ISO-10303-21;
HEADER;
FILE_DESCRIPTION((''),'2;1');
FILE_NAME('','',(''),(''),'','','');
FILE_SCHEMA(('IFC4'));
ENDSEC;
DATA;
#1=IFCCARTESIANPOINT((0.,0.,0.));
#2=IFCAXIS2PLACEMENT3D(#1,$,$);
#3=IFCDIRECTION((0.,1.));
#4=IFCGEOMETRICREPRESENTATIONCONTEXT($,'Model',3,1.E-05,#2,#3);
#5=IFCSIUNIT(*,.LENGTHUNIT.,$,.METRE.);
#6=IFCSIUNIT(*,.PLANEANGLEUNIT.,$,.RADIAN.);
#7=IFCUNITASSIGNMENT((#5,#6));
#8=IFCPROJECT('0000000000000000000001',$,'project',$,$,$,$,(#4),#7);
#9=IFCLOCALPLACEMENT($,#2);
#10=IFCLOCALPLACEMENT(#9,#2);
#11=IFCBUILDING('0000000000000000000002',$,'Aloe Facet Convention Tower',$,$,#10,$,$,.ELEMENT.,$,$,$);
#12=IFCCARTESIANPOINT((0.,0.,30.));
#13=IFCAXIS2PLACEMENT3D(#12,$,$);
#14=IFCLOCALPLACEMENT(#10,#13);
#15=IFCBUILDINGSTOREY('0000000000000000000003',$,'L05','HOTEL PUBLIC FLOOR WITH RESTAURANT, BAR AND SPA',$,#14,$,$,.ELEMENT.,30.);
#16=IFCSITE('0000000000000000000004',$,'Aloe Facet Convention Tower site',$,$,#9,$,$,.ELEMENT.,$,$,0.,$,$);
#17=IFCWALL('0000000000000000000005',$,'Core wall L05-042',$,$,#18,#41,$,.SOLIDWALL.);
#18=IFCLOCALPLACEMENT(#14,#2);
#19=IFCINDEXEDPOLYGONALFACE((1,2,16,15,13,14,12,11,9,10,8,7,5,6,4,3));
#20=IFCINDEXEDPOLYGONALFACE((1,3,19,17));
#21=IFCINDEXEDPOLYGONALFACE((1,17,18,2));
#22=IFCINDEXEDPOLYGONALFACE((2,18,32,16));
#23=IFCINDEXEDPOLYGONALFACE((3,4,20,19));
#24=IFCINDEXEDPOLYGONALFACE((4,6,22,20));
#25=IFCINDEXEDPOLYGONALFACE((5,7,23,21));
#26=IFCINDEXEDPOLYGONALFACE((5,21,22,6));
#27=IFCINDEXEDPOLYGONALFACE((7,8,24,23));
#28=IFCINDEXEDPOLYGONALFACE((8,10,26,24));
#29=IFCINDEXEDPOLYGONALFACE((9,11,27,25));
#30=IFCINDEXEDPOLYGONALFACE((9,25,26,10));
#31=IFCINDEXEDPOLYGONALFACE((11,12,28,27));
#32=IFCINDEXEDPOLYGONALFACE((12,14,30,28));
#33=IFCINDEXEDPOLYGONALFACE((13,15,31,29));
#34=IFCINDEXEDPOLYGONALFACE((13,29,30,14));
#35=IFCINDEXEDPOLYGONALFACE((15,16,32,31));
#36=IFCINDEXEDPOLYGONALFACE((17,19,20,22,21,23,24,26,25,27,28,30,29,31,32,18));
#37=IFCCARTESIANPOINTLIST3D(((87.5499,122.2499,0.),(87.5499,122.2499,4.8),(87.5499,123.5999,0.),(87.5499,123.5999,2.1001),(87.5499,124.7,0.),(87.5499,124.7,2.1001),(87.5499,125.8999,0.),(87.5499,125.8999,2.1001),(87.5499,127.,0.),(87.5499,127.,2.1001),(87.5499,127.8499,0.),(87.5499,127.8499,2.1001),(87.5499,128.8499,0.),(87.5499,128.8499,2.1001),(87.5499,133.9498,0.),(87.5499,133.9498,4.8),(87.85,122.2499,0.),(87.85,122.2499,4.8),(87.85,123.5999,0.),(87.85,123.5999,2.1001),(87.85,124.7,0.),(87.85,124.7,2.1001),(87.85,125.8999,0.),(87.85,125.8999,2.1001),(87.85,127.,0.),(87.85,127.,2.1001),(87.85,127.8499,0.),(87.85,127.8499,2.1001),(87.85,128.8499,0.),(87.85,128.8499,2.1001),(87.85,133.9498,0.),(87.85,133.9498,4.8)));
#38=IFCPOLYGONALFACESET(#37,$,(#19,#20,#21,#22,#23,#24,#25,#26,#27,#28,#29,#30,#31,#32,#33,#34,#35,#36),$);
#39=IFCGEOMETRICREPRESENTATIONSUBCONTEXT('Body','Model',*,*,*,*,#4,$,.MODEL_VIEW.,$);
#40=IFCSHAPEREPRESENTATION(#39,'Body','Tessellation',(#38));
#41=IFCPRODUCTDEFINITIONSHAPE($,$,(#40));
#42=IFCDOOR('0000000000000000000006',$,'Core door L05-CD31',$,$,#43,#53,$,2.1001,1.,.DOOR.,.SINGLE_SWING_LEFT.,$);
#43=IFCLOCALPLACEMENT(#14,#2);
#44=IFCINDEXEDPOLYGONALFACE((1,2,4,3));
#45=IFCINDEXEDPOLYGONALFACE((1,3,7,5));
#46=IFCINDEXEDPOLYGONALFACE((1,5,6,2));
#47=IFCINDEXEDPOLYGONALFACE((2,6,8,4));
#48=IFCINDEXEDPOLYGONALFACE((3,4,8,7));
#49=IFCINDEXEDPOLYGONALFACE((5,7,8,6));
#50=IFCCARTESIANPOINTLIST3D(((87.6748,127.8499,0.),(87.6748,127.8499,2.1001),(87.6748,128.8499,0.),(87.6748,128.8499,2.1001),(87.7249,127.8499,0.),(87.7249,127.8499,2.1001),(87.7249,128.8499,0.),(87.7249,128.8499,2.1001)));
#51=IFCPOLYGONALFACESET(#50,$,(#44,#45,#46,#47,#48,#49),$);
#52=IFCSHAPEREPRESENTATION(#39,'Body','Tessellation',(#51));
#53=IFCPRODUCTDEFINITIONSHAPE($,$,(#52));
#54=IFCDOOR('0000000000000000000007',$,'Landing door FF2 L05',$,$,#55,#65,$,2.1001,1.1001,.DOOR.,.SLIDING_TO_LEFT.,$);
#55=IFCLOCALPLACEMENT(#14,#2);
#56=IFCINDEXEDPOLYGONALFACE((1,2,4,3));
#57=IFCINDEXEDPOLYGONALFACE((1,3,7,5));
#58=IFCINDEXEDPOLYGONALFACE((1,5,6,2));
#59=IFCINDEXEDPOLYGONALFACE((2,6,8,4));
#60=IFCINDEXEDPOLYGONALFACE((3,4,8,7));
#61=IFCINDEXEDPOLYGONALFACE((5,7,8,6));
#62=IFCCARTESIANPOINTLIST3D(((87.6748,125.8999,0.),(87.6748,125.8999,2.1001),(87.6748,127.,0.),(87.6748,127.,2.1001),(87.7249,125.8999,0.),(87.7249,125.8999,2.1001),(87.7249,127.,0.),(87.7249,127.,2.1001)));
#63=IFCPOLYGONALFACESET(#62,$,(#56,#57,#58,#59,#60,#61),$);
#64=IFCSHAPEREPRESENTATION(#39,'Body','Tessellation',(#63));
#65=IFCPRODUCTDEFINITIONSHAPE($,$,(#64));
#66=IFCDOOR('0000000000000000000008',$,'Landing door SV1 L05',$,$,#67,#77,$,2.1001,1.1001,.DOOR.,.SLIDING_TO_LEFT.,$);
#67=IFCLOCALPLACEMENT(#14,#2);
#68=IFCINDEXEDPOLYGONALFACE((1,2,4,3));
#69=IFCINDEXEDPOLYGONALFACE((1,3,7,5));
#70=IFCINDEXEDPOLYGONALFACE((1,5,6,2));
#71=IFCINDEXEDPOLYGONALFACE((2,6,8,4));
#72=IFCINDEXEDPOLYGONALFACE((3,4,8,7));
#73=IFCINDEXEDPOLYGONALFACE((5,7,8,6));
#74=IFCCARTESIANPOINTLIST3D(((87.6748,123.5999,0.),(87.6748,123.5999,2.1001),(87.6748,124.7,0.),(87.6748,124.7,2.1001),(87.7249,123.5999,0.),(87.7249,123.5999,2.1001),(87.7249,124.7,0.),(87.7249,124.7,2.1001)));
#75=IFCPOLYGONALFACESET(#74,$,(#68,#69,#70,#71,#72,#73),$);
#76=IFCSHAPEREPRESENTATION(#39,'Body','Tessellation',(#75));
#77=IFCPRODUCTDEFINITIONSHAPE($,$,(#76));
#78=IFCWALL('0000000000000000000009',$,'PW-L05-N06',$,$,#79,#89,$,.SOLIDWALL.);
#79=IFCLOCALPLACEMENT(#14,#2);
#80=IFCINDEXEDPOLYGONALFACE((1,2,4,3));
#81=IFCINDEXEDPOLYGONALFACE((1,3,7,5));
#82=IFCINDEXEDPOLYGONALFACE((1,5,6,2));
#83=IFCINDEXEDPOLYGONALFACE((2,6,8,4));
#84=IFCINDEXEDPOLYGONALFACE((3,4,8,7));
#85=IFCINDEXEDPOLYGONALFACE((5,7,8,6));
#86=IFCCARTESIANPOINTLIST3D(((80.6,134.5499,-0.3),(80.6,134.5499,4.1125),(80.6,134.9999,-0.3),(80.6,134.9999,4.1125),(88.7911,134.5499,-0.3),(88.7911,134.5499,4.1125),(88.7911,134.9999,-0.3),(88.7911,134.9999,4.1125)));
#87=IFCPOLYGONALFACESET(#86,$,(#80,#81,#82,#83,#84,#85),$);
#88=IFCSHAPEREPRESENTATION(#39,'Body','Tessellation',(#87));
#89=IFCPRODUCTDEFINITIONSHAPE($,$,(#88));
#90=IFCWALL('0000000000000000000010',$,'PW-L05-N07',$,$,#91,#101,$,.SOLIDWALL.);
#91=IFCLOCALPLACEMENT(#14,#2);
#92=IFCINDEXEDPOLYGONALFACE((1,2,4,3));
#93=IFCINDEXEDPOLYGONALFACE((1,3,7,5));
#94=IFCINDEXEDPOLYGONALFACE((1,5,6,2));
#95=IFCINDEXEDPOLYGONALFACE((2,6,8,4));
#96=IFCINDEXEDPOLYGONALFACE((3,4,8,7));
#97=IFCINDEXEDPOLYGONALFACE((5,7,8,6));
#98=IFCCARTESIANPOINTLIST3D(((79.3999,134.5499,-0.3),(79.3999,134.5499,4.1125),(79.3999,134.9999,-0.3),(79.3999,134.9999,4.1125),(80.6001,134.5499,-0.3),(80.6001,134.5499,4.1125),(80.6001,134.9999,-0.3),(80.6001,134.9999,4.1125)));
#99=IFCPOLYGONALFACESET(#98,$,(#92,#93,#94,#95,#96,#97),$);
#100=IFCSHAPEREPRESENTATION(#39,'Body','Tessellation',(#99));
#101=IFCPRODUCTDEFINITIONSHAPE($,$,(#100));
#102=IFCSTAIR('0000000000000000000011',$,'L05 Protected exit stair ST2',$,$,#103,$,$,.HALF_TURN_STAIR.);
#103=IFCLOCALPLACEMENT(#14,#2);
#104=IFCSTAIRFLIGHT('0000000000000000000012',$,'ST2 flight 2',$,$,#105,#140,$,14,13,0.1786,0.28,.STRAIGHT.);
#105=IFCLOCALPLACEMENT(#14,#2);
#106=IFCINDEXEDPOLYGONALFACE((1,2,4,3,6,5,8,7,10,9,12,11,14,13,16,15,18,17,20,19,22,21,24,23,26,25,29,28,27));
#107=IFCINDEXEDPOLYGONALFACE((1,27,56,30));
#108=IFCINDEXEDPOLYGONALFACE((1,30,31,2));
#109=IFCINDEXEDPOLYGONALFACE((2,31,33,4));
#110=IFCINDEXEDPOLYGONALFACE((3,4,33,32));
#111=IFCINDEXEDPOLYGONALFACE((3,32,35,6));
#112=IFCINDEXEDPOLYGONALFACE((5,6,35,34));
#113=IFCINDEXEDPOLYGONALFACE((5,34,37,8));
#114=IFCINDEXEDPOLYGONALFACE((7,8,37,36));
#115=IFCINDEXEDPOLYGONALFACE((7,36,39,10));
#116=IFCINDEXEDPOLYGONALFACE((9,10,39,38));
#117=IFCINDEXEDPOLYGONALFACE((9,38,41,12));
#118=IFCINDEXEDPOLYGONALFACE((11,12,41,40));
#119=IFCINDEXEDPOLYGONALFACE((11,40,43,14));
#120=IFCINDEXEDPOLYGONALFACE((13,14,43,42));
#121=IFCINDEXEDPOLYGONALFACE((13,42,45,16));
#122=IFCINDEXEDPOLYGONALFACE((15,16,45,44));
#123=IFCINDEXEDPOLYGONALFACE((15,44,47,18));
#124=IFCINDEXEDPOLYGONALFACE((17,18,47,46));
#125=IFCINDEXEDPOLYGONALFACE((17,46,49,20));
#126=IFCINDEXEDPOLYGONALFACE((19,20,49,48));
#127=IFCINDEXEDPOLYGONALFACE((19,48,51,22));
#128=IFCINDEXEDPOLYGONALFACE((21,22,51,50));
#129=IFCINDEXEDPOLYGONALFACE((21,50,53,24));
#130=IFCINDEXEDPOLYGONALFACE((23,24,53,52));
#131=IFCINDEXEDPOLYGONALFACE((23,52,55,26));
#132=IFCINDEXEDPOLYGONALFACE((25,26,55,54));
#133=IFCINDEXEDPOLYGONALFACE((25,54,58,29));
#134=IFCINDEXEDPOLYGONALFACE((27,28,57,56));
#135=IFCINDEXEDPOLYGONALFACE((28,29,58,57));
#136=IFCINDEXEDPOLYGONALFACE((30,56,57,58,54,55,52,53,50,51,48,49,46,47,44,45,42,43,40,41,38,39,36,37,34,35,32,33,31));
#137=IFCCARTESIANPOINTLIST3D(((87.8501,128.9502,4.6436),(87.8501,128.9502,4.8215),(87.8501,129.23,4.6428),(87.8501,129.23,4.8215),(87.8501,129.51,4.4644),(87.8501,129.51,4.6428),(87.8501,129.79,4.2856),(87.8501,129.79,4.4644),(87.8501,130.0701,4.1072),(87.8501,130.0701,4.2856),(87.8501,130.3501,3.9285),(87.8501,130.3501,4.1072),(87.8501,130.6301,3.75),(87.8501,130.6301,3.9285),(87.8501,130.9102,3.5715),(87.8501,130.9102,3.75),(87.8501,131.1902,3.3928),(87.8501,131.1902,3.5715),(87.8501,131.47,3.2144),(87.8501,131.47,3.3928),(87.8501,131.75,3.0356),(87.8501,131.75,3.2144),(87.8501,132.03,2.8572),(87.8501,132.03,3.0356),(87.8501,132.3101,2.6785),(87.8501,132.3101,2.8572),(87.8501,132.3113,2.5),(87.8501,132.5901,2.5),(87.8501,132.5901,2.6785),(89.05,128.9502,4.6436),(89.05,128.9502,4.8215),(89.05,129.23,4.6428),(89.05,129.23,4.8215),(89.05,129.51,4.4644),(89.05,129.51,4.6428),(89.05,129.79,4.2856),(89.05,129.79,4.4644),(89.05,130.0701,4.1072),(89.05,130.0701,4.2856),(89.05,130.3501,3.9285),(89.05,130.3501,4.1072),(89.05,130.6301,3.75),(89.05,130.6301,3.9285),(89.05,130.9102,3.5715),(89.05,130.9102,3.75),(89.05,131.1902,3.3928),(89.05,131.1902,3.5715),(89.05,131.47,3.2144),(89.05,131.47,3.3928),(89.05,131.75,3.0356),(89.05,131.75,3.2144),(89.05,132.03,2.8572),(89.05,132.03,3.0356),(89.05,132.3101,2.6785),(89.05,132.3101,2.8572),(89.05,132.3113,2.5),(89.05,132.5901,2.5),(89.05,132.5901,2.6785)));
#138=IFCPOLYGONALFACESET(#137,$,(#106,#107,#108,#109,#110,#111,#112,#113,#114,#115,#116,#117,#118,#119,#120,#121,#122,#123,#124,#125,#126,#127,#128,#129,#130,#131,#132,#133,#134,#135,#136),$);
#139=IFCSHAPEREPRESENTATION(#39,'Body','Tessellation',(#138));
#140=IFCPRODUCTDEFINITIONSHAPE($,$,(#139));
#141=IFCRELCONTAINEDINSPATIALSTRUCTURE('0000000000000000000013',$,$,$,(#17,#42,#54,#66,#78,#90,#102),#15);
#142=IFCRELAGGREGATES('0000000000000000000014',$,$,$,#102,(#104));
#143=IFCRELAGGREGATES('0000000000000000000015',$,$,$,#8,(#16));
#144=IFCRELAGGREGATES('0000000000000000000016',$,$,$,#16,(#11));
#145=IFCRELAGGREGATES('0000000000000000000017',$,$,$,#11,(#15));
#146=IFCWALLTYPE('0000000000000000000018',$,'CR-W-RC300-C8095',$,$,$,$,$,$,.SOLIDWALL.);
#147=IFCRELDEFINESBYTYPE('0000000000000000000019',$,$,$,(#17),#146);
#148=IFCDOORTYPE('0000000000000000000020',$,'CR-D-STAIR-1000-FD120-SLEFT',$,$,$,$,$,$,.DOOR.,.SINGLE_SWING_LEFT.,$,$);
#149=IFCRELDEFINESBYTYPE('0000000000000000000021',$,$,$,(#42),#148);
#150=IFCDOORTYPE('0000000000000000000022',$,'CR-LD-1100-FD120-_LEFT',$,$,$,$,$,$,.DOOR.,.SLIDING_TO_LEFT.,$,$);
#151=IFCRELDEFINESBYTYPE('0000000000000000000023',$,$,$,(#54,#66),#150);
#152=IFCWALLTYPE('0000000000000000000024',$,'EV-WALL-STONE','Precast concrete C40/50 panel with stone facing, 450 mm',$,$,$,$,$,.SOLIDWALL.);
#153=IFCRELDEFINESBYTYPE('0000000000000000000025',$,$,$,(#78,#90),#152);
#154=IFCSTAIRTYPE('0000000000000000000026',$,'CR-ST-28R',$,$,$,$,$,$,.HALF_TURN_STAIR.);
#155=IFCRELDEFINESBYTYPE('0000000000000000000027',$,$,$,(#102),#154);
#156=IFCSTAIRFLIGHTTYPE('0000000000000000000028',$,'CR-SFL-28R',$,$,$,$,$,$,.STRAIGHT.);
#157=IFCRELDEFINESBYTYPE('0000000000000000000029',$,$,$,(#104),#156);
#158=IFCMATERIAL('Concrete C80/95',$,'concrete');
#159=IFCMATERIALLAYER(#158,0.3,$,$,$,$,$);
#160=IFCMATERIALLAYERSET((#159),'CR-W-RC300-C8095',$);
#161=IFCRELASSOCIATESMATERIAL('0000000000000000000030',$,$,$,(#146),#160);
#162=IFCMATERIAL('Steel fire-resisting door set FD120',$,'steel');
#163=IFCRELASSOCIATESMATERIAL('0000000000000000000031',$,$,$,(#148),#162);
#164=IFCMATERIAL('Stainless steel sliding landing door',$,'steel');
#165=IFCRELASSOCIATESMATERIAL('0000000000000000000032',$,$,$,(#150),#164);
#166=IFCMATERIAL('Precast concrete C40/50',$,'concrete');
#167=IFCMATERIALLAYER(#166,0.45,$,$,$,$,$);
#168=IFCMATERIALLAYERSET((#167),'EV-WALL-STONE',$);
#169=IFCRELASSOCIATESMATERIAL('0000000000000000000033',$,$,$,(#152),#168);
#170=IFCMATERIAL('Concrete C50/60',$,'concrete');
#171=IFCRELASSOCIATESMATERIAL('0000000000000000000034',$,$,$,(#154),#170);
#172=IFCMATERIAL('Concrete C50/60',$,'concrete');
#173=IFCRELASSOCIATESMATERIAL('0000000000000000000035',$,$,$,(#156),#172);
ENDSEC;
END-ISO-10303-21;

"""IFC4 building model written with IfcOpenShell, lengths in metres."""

from ifc_helpers import new_model, si_unit, direction, frame, frame_2d, origin, place, context, subcontext, project, spatial, polyline, rectangle, outline, extrude, material, layer, layer_set, type_object, element, fill, aggregate, save


model = new_model("IFC4")

# Units and contexts
model_context = context("Model", 3, precision=1e-05, world=origin(), true_north=direction((0.0, 1.0)))
body_context = subcontext(model_context, "Body", "Model", "MODEL_VIEW")
ifc_project = project(units=[si_unit("LENGTHUNIT", "METRE"), si_unit("PLANEANGLEUNIT", "RADIAN")], contexts=[model_context])

# Site, building, storey
site_placement = place(None, origin())
site = spatial("IfcSite", under=ifc_project, at=site_placement, Name="Aloe Facet Convention Tower site", CompositionType="ELEMENT", RefElevation=0.0)
building_placement = place(site_placement, origin())
building = spatial("IfcBuilding", under=site, at=building_placement, Name="Aloe Facet Convention Tower", CompositionType="ELEMENT")
storey_placement = place(building_placement, frame((0.0, 0.0, 30.0)))
storey = spatial("IfcBuildingStorey", under=building, at=storey_placement, Name="L05", Description="HOTEL PUBLIC FLOOR WITH RESTAURANT, BAR AND SPA", CompositionType="ELEMENT", Elevation=30.0)

# Shared definitions
ifc_material_1 = material(Name="Concrete C80/95", Category="concrete")
ifc_layer_1 = layer(ifc_material_1, 0.3)
ifc_layer_set_1 = layer_set([ifc_layer_1], Name="CR-W-RC300-C8095")
wall_type_1 = type_object("IfcWallType", Name="CR-W-RC300-C8095", PredefinedType="SOLIDWALL", material=ifc_layer_set_1)

# Wall, openings, doors
wall_1_placement = place(storey_placement, frame((87.7, 133.95, 0.0), z_axis=(0.0, 0.0, 1.0), x_axis=(0.0, -1.0, 0.0)))
wall_1 = element("IfcWall", 1, at=wall_1_placement, inside=storey, type_object=wall_type_1, Name="Core wall L05-042", PredefinedType="SOLIDWALL", context=body_context, shape_type="SweptSolid", body=[
    extrude(rectangle(XDim=11.7, YDim=0.3, at=frame_2d((5.8501, 0.0))), origin(), (0.0, 0.0, 1.0), 4.8),
])
opening_1_placement = place(wall_1_placement, frame((6.95, 0.0, 0.0)))
opening_1 = element("IfcOpeningElement", 2, at=opening_1_placement, cuts=wall_1, PredefinedType="OPENING", context=body_context, shape_type="SweptSolid", body=[
    extrude(rectangle(XDim=1.1001, YDim=2.1001, at=frame_2d((0.55, 1.05))), frame((0.0, 0.1602, 0.0), z_axis=(0.0, -1.0, 0.0), x_axis=(1.0, 0.0, 0.0)), (0.0, 0.0, 1.0), 0.3201),
])
opening_2_placement = place(wall_1_placement, frame((5.1001, 0.0, 0.0)))
opening_2 = element("IfcOpeningElement", 3, at=opening_2_placement, cuts=wall_1, PredefinedType="OPENING", context=body_context, shape_type="SweptSolid", body=[
    extrude(rectangle(XDim=1.0, YDim=2.1001, at=frame_2d((0.5, 1.05))), frame((0.0, 0.1602, 0.0), z_axis=(0.0, -1.0, 0.0), x_axis=(1.0, 0.0, 0.0)), (0.0, 0.0, 1.0), 0.3201),
])
opening_3_placement = place(wall_1_placement, frame((9.25, 0.0, 0.0)))
opening_3 = element("IfcOpeningElement", 4, at=opening_3_placement, cuts=wall_1, PredefinedType="OPENING", context=body_context, shape_type="SweptSolid", body=[
    extrude(rectangle(XDim=1.1001, YDim=2.1001, at=frame_2d((0.55, 1.05))), frame((0.0, 0.1602, 0.0), z_axis=(0.0, -1.0, 0.0), x_axis=(1.0, 0.0, 0.0)), (0.0, 0.0, 1.0), 0.3201),
])
ifc_material_2 = material(Name="Steel fire-resisting door set FD120", Category="steel")
door_type_1 = type_object("IfcDoorType", Name="CR-D-STAIR-1000-FD120-SLEFT", OperationType="SINGLE_SWING_LEFT", PredefinedType="DOOR", material=ifc_material_2)
door_1_placement = place(opening_2_placement, origin())
door_1 = element("IfcDoor", 5, at=door_1_placement, inside=storey, type_object=door_type_1, Name="Core door L05-CD31", OperationType="SINGLE_SWING_LEFT", OverallHeight=2.1001, OverallWidth=1.0, PredefinedType="DOOR", context=body_context, shape_type="SweptSolid", body=[
    extrude(rectangle(XDim=1.0, YDim=2.1001, at=frame_2d((0.5, 1.05))), frame((0.0, 0.0249, 0.0), z_axis=(0.0, -1.0, 0.0), x_axis=(1.0, 0.0, 0.0)), (0.0, 0.0, 1.0), 0.05),
])
fill(opening_2, door_1)
ifc_material_3 = material(Name="Stainless steel sliding landing door", Category="steel")
door_type_2 = type_object("IfcDoorType", Name="CR-LD-1100-FD120-_LEFT", OperationType="SLIDING_TO_LEFT", PredefinedType="DOOR", material=ifc_material_3)
door_2_placement = place(opening_1_placement, origin())
door_2 = element("IfcDoor", 6, at=door_2_placement, inside=storey, type_object=door_type_2, Name="Landing door FF2 L05", OperationType="SLIDING_TO_LEFT", OverallHeight=2.1001, OverallWidth=1.1001, PredefinedType="DOOR", context=body_context, shape_type="SweptSolid", body=[
    extrude(rectangle(XDim=1.1001, YDim=2.1001, at=frame_2d((0.55, 1.05))), frame((0.0, 0.0249, 0.0), z_axis=(0.0, -1.0, 0.0), x_axis=(1.0, 0.0, 0.0)), (0.0, 0.0, 1.0), 0.05),
])
fill(opening_1, door_2)
door_3_placement = place(opening_3_placement, origin())
door_3 = element("IfcDoor", 7, at=door_3_placement, inside=storey, type_object=door_type_2, Name="Landing door SV1 L05", OperationType="SLIDING_TO_LEFT", OverallHeight=2.1001, OverallWidth=1.1001, PredefinedType="DOOR", context=body_context, shape_type="SweptSolid", body=[
    extrude(rectangle(XDim=1.1001, YDim=2.1001, at=frame_2d((0.55, 1.05))), frame((0.0, 0.0249, 0.0), z_axis=(0.0, -1.0, 0.0), x_axis=(1.0, 0.0, 0.0)), (0.0, 0.0, 1.0), 0.05),
])
fill(opening_3, door_3)

# Walls
ifc_material_4 = material(Name="Precast concrete C40/50", Category="concrete")
ifc_layer_2 = layer(ifc_material_4, 0.45)
ifc_layer_set_2 = layer_set([ifc_layer_2], Name="EV-WALL-STONE")
wall_type_2 = type_object("IfcWallType", Name="EV-WALL-STONE", Description="Precast concrete C40/50 panel with stone facing, 450 mm", PredefinedType="SOLIDWALL", material=ifc_layer_set_2)
wall_2_placement = place(storey_placement, frame((88.7913, 134.7749, -0.3), z_axis=(0.0, 0.0, 1.0), x_axis=(-1.0, 0.0, 0.0)))
element("IfcWall", 8, at=wall_2_placement, inside=storey, type_object=wall_type_2, Name="PW-L05-N06", PredefinedType="SOLIDWALL", context=body_context, shape_type="SweptSolid", body=[
    extrude(rectangle(XDim=8.1912, YDim=0.45, at=frame_2d((4.0957, 0.0))), origin(), (0.0, 0.0, 1.0), 4.4126),
])
wall_3_placement = place(storey_placement, frame((80.6001, 134.7749, -0.3), z_axis=(0.0, 0.0, 1.0), x_axis=(-1.0, 0.0, 0.0)))
element("IfcWall", 9, at=wall_3_placement, inside=storey, type_object=wall_type_2, Name="PW-L05-N07", PredefinedType="SOLIDWALL", context=body_context, shape_type="SweptSolid", body=[
    extrude(rectangle(XDim=1.2002, YDim=0.45, at=frame_2d((0.6001, 0.0))), origin(), (0.0, 0.0, 1.0), 4.4126),
])

# Stair, stair flight
ifc_material_5 = material(Name="Concrete C50/60", Category="concrete")
stair_type = type_object("IfcStairType", Name="CR-ST-28R", PredefinedType="HALF_TURN_STAIR", material=ifc_material_5)
stair_placement = place(storey_placement, origin())
stair = element("IfcStair", 10, at=stair_placement, inside=storey, type_object=stair_type, Name="L05 Protected exit stair ST2", PredefinedType="HALF_TURN_STAIR")
ifc_material_6 = material(Name="Concrete C50/60", Category="concrete")
stair_flight_type = type_object("IfcStairFlightType", Name="CR-SFL-28R", PredefinedType="STRAIGHT", material=ifc_material_6)
stair_flight_placement = place(storey_placement, frame((88.45, 132.5901, 2.5), z_axis=(0.0, 0.0, 1.0), x_axis=(0.0, -1.0, 0.0)))
stair_flight = element("IfcStairFlight", 11, at=stair_flight_placement, type_object=stair_flight_type, Name="ST2 flight 2", NumberOfRisers=14, NumberOfTreads=13, PredefinedType="STRAIGHT", RiserHeight=0.1786, TreadLength=0.28, context=body_context, shape_type="SweptSolid", body=[
    extrude(outline(polyline([(0.0, 0.0), (0.0, 0.1785), (0.28, 0.1785), (0.28, 0.3572), (0.5601, 0.3572), (0.5601, 0.5356), (0.8401, 0.5356), (0.8401, 0.7144), (1.1201, 0.7144), (1.1201, 0.8928), (1.3999, 0.8928), (1.3999, 1.0715), (1.6799, 1.0715), (1.6799, 1.25), (1.96, 1.25), (1.96, 1.4285), (2.24, 1.4285), (2.24, 1.6072), (2.52, 1.6072), (2.52, 1.7856), (2.8, 1.7856), (2.8, 1.9644), (3.0801, 1.9644), (3.0801, 2.1428), (3.3601, 2.1428), (3.3601, 2.3215), (3.6399, 2.3215), (3.6399, 2.5), (3.6399, 2.1436), (0.2788, 0.0), (0.0, 0.0)])), frame((0.0, 0.6001, 0.0), z_axis=(0.0, -1.0, 0.0), x_axis=(1.0, 0.0, 0.0)), (0.0, 0.0, 1.0), 1.2),
])
aggregate(stair, [stair_flight])

save(model, "model.ifc")
